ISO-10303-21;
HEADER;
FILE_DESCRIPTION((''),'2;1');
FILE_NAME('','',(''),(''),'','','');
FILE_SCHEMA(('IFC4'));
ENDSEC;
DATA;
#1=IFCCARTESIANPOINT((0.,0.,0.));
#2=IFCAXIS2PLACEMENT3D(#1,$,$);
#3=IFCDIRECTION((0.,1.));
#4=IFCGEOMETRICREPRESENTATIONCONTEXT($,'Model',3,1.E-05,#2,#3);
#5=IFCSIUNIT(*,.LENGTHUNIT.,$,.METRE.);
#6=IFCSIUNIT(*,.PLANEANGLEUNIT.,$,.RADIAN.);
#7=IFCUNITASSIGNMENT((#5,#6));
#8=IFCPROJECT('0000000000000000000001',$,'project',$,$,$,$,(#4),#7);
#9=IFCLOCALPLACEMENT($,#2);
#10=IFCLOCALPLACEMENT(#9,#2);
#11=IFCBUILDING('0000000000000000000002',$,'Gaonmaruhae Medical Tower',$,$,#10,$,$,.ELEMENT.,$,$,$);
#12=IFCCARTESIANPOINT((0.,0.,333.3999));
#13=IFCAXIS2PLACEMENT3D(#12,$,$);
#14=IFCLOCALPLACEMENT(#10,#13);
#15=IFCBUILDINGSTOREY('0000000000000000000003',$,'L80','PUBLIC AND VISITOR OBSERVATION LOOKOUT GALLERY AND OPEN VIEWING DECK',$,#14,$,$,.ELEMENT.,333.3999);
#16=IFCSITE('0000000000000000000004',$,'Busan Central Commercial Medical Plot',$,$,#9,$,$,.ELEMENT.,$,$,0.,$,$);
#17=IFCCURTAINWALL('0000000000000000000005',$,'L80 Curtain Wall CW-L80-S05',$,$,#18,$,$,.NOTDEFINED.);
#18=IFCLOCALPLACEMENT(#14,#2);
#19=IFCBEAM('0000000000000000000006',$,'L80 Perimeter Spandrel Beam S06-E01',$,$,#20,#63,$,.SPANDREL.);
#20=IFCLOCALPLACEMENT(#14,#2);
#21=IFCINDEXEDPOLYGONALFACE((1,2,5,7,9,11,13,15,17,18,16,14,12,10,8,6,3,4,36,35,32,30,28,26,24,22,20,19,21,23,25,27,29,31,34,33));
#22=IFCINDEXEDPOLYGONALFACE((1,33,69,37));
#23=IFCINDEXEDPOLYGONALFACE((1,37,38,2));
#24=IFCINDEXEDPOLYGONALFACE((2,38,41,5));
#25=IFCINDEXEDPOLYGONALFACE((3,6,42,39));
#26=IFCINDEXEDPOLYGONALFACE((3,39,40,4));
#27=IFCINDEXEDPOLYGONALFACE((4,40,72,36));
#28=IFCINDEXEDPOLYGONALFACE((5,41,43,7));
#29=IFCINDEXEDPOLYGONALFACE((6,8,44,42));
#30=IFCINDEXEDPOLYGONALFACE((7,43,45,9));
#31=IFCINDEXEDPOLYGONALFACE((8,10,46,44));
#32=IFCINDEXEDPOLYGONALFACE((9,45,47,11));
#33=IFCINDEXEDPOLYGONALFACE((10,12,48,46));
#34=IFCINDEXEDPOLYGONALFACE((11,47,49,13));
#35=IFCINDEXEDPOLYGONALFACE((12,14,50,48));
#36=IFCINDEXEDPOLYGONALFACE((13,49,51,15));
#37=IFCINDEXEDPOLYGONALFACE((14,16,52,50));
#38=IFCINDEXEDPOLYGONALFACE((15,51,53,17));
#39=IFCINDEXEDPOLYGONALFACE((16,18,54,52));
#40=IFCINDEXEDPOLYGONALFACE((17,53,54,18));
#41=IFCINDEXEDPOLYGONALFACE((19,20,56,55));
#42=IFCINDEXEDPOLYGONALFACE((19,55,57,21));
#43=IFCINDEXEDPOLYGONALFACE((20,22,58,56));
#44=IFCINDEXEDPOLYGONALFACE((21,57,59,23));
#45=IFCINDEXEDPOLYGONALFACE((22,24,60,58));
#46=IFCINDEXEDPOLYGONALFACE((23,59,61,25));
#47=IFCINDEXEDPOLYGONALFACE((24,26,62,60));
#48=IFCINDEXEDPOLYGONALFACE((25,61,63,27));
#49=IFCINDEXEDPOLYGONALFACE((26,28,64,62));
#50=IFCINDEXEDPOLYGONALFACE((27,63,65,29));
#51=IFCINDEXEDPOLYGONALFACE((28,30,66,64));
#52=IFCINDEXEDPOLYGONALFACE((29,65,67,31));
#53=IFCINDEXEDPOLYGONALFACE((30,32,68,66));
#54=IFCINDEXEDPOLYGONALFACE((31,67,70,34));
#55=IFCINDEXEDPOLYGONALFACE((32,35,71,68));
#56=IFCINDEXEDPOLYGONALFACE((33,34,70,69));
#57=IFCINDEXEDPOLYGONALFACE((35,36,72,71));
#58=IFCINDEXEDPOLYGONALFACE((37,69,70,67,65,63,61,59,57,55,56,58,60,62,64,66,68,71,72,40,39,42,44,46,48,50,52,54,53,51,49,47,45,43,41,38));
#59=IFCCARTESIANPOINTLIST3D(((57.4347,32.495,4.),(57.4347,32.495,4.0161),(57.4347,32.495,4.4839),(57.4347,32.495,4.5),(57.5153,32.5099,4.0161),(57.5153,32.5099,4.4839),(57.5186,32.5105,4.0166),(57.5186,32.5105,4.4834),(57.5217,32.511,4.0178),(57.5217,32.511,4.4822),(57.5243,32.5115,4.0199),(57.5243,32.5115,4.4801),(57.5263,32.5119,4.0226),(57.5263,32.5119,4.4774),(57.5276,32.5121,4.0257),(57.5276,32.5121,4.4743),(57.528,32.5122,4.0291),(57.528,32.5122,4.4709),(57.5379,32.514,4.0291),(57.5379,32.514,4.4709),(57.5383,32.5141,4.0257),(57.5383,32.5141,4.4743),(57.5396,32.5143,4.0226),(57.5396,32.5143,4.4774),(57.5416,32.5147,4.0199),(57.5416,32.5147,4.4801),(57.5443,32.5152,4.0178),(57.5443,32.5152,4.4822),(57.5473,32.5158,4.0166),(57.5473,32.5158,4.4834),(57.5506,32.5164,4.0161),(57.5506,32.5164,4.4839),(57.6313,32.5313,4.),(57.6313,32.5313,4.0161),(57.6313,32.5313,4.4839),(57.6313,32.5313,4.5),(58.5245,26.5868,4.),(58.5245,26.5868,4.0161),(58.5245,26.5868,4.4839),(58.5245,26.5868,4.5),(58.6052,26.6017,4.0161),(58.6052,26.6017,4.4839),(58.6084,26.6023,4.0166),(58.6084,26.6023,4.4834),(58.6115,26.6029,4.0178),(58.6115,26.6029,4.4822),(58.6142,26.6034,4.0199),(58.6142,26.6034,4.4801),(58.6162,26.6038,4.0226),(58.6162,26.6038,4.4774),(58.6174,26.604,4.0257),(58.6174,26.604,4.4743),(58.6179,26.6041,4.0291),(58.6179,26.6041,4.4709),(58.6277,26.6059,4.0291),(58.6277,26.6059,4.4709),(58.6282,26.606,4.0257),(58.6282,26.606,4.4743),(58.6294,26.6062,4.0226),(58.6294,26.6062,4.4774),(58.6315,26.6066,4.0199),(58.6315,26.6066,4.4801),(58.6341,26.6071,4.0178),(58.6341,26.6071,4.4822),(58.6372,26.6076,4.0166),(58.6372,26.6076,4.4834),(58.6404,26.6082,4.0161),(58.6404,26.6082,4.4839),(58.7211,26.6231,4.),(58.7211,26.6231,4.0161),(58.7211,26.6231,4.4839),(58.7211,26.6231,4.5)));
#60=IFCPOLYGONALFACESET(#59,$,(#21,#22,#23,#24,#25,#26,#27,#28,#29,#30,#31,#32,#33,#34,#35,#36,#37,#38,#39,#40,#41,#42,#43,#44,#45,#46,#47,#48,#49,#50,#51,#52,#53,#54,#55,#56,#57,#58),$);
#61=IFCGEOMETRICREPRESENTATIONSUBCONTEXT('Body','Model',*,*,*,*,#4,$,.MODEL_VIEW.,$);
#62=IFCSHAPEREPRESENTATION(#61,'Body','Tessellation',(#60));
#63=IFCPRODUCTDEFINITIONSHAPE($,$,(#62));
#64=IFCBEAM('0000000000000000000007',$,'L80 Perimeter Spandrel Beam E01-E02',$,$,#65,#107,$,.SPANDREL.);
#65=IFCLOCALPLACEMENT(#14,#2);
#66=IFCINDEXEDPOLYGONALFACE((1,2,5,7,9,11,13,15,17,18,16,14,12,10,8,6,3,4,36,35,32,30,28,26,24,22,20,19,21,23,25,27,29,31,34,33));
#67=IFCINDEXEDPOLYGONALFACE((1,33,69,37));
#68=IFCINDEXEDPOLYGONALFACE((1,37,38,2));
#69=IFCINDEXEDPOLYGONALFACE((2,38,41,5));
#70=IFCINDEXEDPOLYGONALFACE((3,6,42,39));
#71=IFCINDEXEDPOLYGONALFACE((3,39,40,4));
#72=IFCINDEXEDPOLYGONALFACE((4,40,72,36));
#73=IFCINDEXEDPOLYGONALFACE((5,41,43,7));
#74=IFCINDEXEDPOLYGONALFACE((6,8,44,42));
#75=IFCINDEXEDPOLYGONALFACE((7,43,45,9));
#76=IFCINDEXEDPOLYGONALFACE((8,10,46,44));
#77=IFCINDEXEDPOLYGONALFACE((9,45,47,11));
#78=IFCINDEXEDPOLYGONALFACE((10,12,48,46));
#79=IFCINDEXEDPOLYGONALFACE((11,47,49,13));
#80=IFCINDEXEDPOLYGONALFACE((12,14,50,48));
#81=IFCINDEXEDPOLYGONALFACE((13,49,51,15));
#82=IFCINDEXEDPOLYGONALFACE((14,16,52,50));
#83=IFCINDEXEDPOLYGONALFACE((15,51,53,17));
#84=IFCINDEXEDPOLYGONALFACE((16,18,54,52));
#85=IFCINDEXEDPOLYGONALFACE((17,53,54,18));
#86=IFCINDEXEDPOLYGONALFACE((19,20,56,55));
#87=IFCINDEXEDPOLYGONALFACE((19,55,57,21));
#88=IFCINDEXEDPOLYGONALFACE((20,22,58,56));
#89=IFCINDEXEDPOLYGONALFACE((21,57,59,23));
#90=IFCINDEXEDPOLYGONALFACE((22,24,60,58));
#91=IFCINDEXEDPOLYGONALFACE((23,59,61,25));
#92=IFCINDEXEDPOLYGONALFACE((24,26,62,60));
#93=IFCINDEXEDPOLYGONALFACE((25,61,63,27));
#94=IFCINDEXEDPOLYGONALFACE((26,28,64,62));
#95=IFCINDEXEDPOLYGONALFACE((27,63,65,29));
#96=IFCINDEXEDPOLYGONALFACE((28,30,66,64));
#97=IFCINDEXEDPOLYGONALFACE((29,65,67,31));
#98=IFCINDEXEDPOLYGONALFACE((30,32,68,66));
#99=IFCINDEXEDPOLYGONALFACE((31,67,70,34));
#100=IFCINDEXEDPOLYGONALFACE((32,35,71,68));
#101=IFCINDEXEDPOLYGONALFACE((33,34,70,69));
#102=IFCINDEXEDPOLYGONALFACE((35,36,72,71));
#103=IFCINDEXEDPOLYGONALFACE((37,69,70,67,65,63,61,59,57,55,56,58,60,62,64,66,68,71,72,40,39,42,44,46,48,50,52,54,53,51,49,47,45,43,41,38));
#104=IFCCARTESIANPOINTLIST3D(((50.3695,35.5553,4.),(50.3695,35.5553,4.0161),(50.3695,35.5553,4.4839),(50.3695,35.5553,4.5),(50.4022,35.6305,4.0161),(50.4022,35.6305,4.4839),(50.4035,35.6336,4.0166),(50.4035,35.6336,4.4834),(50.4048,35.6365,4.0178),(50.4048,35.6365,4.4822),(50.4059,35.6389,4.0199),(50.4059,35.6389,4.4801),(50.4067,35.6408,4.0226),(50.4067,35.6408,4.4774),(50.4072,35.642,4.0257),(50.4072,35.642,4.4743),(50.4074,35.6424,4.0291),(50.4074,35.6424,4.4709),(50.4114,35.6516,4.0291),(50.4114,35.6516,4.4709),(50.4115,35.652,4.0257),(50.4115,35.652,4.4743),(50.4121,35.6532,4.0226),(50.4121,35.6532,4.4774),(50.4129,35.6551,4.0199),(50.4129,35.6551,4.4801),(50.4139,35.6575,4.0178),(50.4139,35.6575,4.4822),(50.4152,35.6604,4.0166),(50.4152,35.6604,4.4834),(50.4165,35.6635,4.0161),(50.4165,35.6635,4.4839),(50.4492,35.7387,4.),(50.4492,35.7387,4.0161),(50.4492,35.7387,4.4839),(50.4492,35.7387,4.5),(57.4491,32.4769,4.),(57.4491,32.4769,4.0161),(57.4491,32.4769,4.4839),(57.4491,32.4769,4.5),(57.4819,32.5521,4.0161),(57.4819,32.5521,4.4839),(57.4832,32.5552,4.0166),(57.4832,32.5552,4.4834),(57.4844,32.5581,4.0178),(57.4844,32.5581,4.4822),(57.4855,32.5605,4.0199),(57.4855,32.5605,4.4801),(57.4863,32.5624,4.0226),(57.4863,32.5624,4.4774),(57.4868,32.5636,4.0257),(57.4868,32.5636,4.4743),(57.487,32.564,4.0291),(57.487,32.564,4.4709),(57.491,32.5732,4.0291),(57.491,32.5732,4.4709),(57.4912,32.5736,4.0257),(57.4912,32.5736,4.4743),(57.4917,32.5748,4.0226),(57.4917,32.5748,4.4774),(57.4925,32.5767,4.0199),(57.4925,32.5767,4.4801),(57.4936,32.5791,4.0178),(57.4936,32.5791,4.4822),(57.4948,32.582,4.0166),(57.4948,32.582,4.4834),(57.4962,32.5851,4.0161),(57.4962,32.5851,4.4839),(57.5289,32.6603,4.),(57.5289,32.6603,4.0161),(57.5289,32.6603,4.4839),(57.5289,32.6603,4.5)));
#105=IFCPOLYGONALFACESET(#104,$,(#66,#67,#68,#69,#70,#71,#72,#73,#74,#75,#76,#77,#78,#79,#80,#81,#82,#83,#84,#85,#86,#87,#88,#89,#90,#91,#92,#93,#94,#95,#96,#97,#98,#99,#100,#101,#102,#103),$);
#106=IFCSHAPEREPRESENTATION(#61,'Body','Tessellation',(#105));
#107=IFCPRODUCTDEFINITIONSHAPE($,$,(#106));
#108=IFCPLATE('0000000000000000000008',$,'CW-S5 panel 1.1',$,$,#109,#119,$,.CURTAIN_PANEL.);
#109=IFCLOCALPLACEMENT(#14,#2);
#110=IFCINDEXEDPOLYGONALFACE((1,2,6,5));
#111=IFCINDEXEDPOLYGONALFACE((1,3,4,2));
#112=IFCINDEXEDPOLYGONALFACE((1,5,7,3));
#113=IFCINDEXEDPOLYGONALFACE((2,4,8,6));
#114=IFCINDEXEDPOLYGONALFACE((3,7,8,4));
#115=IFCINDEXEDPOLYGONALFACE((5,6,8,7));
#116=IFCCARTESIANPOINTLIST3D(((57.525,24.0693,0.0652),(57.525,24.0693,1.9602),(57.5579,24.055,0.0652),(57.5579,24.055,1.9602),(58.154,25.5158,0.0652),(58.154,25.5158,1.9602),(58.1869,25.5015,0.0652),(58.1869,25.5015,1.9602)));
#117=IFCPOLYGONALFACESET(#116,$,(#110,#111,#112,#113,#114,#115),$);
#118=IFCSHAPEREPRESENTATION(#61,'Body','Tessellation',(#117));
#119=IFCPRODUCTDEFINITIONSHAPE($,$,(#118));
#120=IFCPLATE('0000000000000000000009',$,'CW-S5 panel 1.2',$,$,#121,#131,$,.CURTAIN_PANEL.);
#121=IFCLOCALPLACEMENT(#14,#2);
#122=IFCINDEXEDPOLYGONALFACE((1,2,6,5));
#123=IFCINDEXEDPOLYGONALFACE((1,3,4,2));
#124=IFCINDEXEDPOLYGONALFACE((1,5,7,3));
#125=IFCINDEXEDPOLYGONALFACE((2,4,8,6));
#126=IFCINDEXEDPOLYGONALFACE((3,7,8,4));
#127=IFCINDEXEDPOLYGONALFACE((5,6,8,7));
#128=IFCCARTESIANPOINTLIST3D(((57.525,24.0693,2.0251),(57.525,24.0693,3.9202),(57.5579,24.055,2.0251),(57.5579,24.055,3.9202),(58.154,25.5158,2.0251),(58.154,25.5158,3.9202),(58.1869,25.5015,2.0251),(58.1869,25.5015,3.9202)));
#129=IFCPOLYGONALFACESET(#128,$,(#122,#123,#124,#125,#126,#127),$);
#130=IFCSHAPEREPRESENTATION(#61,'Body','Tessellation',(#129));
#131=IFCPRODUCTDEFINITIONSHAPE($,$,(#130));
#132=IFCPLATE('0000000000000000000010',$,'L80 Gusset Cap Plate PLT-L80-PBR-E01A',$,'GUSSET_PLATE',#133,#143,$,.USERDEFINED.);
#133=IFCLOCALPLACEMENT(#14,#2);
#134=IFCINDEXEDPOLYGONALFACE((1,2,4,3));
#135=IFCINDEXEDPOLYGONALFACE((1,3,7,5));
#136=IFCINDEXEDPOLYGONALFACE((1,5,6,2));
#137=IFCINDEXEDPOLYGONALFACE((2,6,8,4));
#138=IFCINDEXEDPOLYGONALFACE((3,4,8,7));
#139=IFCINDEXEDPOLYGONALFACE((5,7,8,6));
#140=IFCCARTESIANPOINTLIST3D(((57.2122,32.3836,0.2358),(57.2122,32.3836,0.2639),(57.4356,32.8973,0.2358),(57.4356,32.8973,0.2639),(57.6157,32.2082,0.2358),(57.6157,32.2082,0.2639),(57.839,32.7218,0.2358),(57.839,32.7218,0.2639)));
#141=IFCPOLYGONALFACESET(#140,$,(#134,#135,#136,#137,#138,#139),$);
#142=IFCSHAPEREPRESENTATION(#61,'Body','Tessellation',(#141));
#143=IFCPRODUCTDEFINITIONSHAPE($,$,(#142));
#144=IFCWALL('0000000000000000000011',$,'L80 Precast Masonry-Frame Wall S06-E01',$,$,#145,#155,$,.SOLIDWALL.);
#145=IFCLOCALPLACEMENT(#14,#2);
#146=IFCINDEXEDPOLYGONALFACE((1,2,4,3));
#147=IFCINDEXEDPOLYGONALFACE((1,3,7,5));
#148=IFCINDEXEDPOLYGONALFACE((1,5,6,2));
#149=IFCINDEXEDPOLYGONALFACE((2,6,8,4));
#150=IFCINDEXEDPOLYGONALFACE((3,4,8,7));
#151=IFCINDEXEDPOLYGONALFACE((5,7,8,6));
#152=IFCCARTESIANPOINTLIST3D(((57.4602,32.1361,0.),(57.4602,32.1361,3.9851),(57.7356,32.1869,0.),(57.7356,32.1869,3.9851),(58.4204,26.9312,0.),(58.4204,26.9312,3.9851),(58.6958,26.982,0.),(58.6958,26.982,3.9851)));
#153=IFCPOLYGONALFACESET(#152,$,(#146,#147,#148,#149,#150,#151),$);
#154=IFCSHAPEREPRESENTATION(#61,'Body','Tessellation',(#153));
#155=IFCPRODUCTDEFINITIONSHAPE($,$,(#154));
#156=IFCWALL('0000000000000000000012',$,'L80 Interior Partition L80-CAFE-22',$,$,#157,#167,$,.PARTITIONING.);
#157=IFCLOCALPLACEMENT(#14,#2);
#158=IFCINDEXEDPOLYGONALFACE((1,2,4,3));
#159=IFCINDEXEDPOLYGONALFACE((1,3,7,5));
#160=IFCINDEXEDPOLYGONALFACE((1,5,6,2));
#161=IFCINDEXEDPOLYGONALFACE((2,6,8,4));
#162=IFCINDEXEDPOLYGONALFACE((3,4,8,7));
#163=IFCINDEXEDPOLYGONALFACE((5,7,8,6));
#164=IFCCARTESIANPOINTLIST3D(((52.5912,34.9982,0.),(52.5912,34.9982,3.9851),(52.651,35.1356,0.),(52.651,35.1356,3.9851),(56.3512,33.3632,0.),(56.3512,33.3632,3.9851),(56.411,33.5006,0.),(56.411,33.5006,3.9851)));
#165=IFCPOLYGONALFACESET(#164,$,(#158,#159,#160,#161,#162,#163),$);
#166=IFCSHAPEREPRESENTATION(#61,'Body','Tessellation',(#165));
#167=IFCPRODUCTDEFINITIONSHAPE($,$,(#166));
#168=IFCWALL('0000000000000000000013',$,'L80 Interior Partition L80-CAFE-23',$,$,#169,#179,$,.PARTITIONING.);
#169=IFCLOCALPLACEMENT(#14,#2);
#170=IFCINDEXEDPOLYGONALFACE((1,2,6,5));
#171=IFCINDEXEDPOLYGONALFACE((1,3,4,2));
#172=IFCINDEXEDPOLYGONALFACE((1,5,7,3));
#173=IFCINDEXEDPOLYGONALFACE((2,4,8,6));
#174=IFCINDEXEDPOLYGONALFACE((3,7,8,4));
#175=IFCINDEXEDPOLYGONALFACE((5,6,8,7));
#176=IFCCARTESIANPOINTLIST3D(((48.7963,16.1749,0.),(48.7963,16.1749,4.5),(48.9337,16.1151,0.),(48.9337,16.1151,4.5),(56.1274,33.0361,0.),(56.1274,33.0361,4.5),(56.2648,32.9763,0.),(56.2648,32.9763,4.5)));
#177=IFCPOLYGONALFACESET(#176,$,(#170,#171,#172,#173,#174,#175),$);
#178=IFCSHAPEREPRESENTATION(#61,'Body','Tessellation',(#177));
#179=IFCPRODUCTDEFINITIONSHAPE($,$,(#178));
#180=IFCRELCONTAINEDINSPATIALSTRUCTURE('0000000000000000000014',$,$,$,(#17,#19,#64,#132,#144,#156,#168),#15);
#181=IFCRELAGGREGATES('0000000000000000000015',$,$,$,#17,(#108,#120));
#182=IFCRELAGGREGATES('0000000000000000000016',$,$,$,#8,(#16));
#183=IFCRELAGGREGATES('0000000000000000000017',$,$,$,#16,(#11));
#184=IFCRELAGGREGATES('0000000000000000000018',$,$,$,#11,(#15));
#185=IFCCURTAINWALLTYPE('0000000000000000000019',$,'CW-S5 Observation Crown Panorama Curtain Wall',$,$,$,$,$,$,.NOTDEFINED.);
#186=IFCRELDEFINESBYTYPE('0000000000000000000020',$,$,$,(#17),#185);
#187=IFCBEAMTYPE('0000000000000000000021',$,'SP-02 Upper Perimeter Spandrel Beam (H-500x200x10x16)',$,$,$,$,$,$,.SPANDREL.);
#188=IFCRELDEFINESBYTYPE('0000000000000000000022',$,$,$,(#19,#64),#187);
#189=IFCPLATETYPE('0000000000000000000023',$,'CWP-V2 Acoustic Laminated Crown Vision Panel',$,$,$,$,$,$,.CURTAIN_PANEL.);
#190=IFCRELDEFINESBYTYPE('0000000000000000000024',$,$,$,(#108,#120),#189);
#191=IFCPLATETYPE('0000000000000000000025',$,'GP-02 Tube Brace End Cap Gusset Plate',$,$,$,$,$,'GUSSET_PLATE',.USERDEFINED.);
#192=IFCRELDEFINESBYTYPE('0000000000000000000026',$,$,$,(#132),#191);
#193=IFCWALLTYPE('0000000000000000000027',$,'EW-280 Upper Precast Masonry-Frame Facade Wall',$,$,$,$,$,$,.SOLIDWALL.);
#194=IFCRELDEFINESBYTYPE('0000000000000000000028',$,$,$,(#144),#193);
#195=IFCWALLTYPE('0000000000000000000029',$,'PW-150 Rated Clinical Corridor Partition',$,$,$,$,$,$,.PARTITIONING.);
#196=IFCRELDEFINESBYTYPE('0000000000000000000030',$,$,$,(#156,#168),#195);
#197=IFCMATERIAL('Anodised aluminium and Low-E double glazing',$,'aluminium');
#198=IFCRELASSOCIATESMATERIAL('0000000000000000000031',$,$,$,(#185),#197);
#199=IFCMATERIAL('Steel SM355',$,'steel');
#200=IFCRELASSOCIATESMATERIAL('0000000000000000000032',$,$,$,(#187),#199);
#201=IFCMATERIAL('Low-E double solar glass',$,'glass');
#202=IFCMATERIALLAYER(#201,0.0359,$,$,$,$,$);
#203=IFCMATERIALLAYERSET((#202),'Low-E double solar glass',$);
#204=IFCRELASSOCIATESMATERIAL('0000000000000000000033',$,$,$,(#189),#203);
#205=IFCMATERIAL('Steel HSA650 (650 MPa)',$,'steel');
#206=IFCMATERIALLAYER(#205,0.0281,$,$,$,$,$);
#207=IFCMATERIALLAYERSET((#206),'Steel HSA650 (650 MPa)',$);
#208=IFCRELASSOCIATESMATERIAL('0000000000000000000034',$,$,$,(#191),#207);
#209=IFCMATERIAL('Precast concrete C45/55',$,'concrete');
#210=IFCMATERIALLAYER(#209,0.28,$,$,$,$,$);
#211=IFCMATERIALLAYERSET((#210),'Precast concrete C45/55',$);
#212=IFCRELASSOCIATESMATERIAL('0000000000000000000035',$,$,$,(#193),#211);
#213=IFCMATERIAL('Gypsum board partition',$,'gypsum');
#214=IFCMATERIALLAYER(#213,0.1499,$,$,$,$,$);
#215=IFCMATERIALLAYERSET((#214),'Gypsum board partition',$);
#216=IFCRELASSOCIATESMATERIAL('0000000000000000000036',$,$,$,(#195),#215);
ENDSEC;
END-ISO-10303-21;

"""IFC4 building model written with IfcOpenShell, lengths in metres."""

from ifc_helpers import new_model, si_unit, direction, frame, frame_2d, origin, origin_2d, place, context, subcontext, project, spatial, rectangle, i_section, extrude, material, layer, layer_set, material_profile, profile_set, type_object, element, aggregate, save


model = new_model("IFC4")

# Units and contexts
model_context = context("Model", 3, precision=1e-05, world=origin(), true_north=direction((0.0, 1.0)))
body_context = subcontext(model_context, "Body", "Model", "MODEL_VIEW")
ifc_project = project(units=[si_unit("LENGTHUNIT", "METRE"), si_unit("PLANEANGLEUNIT", "RADIAN")], contexts=[model_context])

# Site, building, storey
site_placement = place(None, origin())
site = spatial("IfcSite", under=ifc_project, at=site_placement, Name="Busan Central Commercial Medical Plot", CompositionType="ELEMENT", RefElevation=0.0)
building_placement = place(site_placement, origin())
building = spatial("IfcBuilding", under=site, at=building_placement, Name="Gaonmaruhae Medical Tower", CompositionType="ELEMENT")
storey_placement = place(building_placement, frame((0.0, 0.0, 333.3999)))
storey = spatial("IfcBuildingStorey", under=building, at=storey_placement, Name="L80", Description="PUBLIC AND VISITOR OBSERVATION LOOKOUT GALLERY AND OPEN VIEWING DECK", CompositionType="ELEMENT", Elevation=333.3999)

# Curtain wall
ifc_material_1 = material(Name="Anodised aluminium and Low-E double glazing", Category="aluminium")
curtain_wall_type = type_object("IfcCurtainWallType", Name="CW-S5 Observation Crown Panorama Curtain Wall", PredefinedType="NOTDEFINED", material=ifc_material_1)
curtain_wall_placement = place(storey_placement, origin())
curtain_wall = element("IfcCurtainWall", 1, at=curtain_wall_placement, inside=storey, type_object=curtain_wall_type, Name="L80 Curtain Wall CW-L80-S05", PredefinedType="NOTDEFINED")

# Shared definitions
ifc_material_2 = material(Name="Steel SM355", Category="steel")

# Beams
ifc_material_profile_1 = material_profile(ifc_material_2, i_section(OverallWidth=0.2, OverallDepth=0.5, WebThickness=0.01, FlangeThickness=0.0161, FilletRadius=0.0129, at=origin_2d()), Name="H-500x200x10x16")
ifc_profile_set_1 = profile_set([ifc_material_profile_1], Name="Steel SM355")
beam_type = type_object("IfcBeamType", Name="SP-02 Upper Perimeter Spandrel Beam (H-500x200x10x16)", PredefinedType="SPANDREL", material=ifc_profile_set_1)
beam_1_placement = place(storey_placement, frame((58.6228, 26.605, 4.25), z_axis=(-0.181402, 0.983409, 0.0), x_axis=(-0.983409, -0.181402, 0.0)))
element("IfcBeam", 2, at=beam_1_placement, inside=storey, type_object=beam_type, Name="L80 Perimeter Spandrel Beam S06-E01", PredefinedType="SPANDREL", context=body_context, shape_type="SweptSolid", body=[
    extrude(i_section(OverallWidth=0.2, OverallDepth=0.5, WebThickness=0.01, FlangeThickness=0.0161, FilletRadius=0.0129, at=origin_2d()), origin(), (0.0, 0.0, 1.0), 6.0078),
])
beam_2_placement = place(storey_placement, frame((57.489, 32.5686, 4.25), z_axis=(-0.917056, 0.398757, 0.0), x_axis=(-0.398757, -0.917056, 0.0)))
element("IfcBeam", 3, at=beam_2_placement, inside=storey, type_object=beam_type, Name="L80 Perimeter Spandrel Beam E01-E02", PredefinedType="SPANDREL", context=body_context, shape_type="SweptSolid", body=[
    extrude(i_section(OverallWidth=0.2, OverallDepth=0.5, WebThickness=0.01, FlangeThickness=0.0161, FilletRadius=0.0129, at=origin_2d()), origin(), (0.0, 0.0, 1.0), 7.72),
])

# Plates
ifc_material_3 = material(Name="Low-E double solar glass", Category="glass")
ifc_layer_1 = layer(ifc_material_3, 0.0359)
ifc_layer_set_1 = layer_set([ifc_layer_1], Name="Low-E double solar glass")
plate_type_1 = type_object("IfcPlateType", Name="CWP-V2 Acoustic Laminated Crown Vision Panel", PredefinedType="CURTAIN_PANEL", material=ifc_layer_set_1)
plate_1_placement = place(storey_placement, frame((57.856, 24.7854, 0.0652), z_axis=(0.0, 0.0, 1.0), x_axis=(-0.398749, -0.91706, 0.0)))
plate_1 = element("IfcPlate", 4, at=plate_1_placement, type_object=plate_type_1, Name="CW-S5 panel 1.1", PredefinedType="CURTAIN_PANEL", context=body_context, shape_type="SweptSolid", body=[
    extrude(rectangle(XDim=1.5774, YDim=0.0359, at=origin_2d()), origin(), (0.0, 0.0, 1.0), 1.895),
])
plate_2_placement = place(storey_placement, frame((57.856, 24.7854, 2.0251), z_axis=(0.0, 0.0, 1.0), x_axis=(-0.398749, -0.91706, 0.0)))
plate_2 = element("IfcPlate", 5, at=plate_2_placement, type_object=plate_type_1, Name="CW-S5 panel 1.2", PredefinedType="CURTAIN_PANEL", context=body_context, shape_type="SweptSolid", body=[
    extrude(rectangle(XDim=1.5774, YDim=0.0359, at=origin_2d()), origin(), (0.0, 0.0, 1.0), 1.895),
])
aggregate(curtain_wall, [plate_1, plate_2])
ifc_material_4 = material(Name="Steel HSA650 (650 MPa)", Category="steel")
ifc_layer_2 = layer(ifc_material_4, 0.0281)
ifc_layer_set_2 = layer_set([ifc_layer_2], Name="Steel HSA650 (650 MPa)")
plate_type_2 = type_object("IfcPlateType", Name="GP-02 Tube Brace End Cap Gusset Plate", ElementType="GUSSET_PLATE", PredefinedType="USERDEFINED", material=ifc_layer_set_2)
plate_3_placement = place(storey_placement, frame((57.5256, 32.5527, 0.2358), z_axis=(0.0, 0.0, 1.0), x_axis=(0.398749, 0.91706, 0.0)))
element("IfcPlate", 6, at=plate_3_placement, inside=storey, type_object=plate_type_2, Name="L80 Gusset Cap Plate PLT-L80-PBR-E01A", ObjectType="GUSSET_PLATE", PredefinedType="USERDEFINED", context=body_context, shape_type="SweptSolid", body=[
    extrude(rectangle(XDim=0.5601, YDim=0.4399, at=origin_2d()), origin(), (0.0, 0.0, 1.0), 0.0281),
])

# Walls
ifc_material_5 = material(Name="Precast concrete C45/55", Category="concrete")
ifc_layer_3 = layer(ifc_material_5, 0.28)
ifc_layer_set_3 = layer_set([ifc_layer_3], Name="Precast concrete C45/55")
wall_type_1 = type_object("IfcWallType", Name="EW-280 Upper Precast Masonry-Frame Facade Wall", PredefinedType="SOLIDWALL", material=ifc_layer_set_3)
wall_1_placement = place(storey_placement, frame((57.5979, 32.1616, 0.0), z_axis=(0.0, 0.0, 1.0), x_axis=(0.181422, -0.983405, 0.0)))
element("IfcWall", 7, at=wall_1_placement, inside=storey, type_object=wall_type_1, Name="L80 Precast Masonry-Frame Wall S06-E01", PredefinedType="SOLIDWALL", context=body_context, shape_type="SweptSolid", body=[
    extrude(rectangle(XDim=5.2927, YDim=0.28, at=frame_2d((2.6465, 0.0))), origin(), (0.0, 0.0, 1.0), 3.9851),
])
ifc_material_6 = material(Name="Gypsum board partition", Category="gypsum")
ifc_layer_4 = layer(ifc_material_6, 0.1499)
ifc_layer_set_4 = layer_set([ifc_layer_4], Name="Gypsum board partition")
wall_type_2 = type_object("IfcWallType", Name="PW-150 Rated Clinical Corridor Partition", PredefinedType="PARTITIONING", material=ifc_layer_set_4)
wall_2_placement = place(storey_placement, frame((52.6211, 35.0669, 0.0), z_axis=(0.0, 0.0, 1.0), x_axis=(0.91705, -0.398772, 0.0)))
element("IfcWall", 8, at=wall_2_placement, inside=storey, type_object=wall_type_2, Name="L80 Interior Partition L80-CAFE-22", PredefinedType="PARTITIONING", context=body_context, shape_type="SweptSolid", body=[
    extrude(rectangle(XDim=4.1001, YDim=0.1499, at=frame_2d((2.05, 0.0))), origin(), (0.0, 0.0, 1.0), 3.9851),
])
wall_3_placement = place(storey_placement, frame((56.196, 33.0061, 0.0), z_axis=(0.0, 0.0, 1.0), x_axis=(-0.398733, -0.917067, 0.0)))
element("IfcWall", 9, at=wall_3_placement, inside=storey, type_object=wall_type_2, Name="L80 Interior Partition L80-CAFE-23", PredefinedType="PARTITIONING", context=body_context, shape_type="SweptSolid", body=[
    extrude(rectangle(XDim=18.386, YDim=0.1499, at=frame_2d((9.1929, 0.0))), origin(), (0.0, 0.0, 1.0), 4.5),
])

save(model, "model.ifc")
